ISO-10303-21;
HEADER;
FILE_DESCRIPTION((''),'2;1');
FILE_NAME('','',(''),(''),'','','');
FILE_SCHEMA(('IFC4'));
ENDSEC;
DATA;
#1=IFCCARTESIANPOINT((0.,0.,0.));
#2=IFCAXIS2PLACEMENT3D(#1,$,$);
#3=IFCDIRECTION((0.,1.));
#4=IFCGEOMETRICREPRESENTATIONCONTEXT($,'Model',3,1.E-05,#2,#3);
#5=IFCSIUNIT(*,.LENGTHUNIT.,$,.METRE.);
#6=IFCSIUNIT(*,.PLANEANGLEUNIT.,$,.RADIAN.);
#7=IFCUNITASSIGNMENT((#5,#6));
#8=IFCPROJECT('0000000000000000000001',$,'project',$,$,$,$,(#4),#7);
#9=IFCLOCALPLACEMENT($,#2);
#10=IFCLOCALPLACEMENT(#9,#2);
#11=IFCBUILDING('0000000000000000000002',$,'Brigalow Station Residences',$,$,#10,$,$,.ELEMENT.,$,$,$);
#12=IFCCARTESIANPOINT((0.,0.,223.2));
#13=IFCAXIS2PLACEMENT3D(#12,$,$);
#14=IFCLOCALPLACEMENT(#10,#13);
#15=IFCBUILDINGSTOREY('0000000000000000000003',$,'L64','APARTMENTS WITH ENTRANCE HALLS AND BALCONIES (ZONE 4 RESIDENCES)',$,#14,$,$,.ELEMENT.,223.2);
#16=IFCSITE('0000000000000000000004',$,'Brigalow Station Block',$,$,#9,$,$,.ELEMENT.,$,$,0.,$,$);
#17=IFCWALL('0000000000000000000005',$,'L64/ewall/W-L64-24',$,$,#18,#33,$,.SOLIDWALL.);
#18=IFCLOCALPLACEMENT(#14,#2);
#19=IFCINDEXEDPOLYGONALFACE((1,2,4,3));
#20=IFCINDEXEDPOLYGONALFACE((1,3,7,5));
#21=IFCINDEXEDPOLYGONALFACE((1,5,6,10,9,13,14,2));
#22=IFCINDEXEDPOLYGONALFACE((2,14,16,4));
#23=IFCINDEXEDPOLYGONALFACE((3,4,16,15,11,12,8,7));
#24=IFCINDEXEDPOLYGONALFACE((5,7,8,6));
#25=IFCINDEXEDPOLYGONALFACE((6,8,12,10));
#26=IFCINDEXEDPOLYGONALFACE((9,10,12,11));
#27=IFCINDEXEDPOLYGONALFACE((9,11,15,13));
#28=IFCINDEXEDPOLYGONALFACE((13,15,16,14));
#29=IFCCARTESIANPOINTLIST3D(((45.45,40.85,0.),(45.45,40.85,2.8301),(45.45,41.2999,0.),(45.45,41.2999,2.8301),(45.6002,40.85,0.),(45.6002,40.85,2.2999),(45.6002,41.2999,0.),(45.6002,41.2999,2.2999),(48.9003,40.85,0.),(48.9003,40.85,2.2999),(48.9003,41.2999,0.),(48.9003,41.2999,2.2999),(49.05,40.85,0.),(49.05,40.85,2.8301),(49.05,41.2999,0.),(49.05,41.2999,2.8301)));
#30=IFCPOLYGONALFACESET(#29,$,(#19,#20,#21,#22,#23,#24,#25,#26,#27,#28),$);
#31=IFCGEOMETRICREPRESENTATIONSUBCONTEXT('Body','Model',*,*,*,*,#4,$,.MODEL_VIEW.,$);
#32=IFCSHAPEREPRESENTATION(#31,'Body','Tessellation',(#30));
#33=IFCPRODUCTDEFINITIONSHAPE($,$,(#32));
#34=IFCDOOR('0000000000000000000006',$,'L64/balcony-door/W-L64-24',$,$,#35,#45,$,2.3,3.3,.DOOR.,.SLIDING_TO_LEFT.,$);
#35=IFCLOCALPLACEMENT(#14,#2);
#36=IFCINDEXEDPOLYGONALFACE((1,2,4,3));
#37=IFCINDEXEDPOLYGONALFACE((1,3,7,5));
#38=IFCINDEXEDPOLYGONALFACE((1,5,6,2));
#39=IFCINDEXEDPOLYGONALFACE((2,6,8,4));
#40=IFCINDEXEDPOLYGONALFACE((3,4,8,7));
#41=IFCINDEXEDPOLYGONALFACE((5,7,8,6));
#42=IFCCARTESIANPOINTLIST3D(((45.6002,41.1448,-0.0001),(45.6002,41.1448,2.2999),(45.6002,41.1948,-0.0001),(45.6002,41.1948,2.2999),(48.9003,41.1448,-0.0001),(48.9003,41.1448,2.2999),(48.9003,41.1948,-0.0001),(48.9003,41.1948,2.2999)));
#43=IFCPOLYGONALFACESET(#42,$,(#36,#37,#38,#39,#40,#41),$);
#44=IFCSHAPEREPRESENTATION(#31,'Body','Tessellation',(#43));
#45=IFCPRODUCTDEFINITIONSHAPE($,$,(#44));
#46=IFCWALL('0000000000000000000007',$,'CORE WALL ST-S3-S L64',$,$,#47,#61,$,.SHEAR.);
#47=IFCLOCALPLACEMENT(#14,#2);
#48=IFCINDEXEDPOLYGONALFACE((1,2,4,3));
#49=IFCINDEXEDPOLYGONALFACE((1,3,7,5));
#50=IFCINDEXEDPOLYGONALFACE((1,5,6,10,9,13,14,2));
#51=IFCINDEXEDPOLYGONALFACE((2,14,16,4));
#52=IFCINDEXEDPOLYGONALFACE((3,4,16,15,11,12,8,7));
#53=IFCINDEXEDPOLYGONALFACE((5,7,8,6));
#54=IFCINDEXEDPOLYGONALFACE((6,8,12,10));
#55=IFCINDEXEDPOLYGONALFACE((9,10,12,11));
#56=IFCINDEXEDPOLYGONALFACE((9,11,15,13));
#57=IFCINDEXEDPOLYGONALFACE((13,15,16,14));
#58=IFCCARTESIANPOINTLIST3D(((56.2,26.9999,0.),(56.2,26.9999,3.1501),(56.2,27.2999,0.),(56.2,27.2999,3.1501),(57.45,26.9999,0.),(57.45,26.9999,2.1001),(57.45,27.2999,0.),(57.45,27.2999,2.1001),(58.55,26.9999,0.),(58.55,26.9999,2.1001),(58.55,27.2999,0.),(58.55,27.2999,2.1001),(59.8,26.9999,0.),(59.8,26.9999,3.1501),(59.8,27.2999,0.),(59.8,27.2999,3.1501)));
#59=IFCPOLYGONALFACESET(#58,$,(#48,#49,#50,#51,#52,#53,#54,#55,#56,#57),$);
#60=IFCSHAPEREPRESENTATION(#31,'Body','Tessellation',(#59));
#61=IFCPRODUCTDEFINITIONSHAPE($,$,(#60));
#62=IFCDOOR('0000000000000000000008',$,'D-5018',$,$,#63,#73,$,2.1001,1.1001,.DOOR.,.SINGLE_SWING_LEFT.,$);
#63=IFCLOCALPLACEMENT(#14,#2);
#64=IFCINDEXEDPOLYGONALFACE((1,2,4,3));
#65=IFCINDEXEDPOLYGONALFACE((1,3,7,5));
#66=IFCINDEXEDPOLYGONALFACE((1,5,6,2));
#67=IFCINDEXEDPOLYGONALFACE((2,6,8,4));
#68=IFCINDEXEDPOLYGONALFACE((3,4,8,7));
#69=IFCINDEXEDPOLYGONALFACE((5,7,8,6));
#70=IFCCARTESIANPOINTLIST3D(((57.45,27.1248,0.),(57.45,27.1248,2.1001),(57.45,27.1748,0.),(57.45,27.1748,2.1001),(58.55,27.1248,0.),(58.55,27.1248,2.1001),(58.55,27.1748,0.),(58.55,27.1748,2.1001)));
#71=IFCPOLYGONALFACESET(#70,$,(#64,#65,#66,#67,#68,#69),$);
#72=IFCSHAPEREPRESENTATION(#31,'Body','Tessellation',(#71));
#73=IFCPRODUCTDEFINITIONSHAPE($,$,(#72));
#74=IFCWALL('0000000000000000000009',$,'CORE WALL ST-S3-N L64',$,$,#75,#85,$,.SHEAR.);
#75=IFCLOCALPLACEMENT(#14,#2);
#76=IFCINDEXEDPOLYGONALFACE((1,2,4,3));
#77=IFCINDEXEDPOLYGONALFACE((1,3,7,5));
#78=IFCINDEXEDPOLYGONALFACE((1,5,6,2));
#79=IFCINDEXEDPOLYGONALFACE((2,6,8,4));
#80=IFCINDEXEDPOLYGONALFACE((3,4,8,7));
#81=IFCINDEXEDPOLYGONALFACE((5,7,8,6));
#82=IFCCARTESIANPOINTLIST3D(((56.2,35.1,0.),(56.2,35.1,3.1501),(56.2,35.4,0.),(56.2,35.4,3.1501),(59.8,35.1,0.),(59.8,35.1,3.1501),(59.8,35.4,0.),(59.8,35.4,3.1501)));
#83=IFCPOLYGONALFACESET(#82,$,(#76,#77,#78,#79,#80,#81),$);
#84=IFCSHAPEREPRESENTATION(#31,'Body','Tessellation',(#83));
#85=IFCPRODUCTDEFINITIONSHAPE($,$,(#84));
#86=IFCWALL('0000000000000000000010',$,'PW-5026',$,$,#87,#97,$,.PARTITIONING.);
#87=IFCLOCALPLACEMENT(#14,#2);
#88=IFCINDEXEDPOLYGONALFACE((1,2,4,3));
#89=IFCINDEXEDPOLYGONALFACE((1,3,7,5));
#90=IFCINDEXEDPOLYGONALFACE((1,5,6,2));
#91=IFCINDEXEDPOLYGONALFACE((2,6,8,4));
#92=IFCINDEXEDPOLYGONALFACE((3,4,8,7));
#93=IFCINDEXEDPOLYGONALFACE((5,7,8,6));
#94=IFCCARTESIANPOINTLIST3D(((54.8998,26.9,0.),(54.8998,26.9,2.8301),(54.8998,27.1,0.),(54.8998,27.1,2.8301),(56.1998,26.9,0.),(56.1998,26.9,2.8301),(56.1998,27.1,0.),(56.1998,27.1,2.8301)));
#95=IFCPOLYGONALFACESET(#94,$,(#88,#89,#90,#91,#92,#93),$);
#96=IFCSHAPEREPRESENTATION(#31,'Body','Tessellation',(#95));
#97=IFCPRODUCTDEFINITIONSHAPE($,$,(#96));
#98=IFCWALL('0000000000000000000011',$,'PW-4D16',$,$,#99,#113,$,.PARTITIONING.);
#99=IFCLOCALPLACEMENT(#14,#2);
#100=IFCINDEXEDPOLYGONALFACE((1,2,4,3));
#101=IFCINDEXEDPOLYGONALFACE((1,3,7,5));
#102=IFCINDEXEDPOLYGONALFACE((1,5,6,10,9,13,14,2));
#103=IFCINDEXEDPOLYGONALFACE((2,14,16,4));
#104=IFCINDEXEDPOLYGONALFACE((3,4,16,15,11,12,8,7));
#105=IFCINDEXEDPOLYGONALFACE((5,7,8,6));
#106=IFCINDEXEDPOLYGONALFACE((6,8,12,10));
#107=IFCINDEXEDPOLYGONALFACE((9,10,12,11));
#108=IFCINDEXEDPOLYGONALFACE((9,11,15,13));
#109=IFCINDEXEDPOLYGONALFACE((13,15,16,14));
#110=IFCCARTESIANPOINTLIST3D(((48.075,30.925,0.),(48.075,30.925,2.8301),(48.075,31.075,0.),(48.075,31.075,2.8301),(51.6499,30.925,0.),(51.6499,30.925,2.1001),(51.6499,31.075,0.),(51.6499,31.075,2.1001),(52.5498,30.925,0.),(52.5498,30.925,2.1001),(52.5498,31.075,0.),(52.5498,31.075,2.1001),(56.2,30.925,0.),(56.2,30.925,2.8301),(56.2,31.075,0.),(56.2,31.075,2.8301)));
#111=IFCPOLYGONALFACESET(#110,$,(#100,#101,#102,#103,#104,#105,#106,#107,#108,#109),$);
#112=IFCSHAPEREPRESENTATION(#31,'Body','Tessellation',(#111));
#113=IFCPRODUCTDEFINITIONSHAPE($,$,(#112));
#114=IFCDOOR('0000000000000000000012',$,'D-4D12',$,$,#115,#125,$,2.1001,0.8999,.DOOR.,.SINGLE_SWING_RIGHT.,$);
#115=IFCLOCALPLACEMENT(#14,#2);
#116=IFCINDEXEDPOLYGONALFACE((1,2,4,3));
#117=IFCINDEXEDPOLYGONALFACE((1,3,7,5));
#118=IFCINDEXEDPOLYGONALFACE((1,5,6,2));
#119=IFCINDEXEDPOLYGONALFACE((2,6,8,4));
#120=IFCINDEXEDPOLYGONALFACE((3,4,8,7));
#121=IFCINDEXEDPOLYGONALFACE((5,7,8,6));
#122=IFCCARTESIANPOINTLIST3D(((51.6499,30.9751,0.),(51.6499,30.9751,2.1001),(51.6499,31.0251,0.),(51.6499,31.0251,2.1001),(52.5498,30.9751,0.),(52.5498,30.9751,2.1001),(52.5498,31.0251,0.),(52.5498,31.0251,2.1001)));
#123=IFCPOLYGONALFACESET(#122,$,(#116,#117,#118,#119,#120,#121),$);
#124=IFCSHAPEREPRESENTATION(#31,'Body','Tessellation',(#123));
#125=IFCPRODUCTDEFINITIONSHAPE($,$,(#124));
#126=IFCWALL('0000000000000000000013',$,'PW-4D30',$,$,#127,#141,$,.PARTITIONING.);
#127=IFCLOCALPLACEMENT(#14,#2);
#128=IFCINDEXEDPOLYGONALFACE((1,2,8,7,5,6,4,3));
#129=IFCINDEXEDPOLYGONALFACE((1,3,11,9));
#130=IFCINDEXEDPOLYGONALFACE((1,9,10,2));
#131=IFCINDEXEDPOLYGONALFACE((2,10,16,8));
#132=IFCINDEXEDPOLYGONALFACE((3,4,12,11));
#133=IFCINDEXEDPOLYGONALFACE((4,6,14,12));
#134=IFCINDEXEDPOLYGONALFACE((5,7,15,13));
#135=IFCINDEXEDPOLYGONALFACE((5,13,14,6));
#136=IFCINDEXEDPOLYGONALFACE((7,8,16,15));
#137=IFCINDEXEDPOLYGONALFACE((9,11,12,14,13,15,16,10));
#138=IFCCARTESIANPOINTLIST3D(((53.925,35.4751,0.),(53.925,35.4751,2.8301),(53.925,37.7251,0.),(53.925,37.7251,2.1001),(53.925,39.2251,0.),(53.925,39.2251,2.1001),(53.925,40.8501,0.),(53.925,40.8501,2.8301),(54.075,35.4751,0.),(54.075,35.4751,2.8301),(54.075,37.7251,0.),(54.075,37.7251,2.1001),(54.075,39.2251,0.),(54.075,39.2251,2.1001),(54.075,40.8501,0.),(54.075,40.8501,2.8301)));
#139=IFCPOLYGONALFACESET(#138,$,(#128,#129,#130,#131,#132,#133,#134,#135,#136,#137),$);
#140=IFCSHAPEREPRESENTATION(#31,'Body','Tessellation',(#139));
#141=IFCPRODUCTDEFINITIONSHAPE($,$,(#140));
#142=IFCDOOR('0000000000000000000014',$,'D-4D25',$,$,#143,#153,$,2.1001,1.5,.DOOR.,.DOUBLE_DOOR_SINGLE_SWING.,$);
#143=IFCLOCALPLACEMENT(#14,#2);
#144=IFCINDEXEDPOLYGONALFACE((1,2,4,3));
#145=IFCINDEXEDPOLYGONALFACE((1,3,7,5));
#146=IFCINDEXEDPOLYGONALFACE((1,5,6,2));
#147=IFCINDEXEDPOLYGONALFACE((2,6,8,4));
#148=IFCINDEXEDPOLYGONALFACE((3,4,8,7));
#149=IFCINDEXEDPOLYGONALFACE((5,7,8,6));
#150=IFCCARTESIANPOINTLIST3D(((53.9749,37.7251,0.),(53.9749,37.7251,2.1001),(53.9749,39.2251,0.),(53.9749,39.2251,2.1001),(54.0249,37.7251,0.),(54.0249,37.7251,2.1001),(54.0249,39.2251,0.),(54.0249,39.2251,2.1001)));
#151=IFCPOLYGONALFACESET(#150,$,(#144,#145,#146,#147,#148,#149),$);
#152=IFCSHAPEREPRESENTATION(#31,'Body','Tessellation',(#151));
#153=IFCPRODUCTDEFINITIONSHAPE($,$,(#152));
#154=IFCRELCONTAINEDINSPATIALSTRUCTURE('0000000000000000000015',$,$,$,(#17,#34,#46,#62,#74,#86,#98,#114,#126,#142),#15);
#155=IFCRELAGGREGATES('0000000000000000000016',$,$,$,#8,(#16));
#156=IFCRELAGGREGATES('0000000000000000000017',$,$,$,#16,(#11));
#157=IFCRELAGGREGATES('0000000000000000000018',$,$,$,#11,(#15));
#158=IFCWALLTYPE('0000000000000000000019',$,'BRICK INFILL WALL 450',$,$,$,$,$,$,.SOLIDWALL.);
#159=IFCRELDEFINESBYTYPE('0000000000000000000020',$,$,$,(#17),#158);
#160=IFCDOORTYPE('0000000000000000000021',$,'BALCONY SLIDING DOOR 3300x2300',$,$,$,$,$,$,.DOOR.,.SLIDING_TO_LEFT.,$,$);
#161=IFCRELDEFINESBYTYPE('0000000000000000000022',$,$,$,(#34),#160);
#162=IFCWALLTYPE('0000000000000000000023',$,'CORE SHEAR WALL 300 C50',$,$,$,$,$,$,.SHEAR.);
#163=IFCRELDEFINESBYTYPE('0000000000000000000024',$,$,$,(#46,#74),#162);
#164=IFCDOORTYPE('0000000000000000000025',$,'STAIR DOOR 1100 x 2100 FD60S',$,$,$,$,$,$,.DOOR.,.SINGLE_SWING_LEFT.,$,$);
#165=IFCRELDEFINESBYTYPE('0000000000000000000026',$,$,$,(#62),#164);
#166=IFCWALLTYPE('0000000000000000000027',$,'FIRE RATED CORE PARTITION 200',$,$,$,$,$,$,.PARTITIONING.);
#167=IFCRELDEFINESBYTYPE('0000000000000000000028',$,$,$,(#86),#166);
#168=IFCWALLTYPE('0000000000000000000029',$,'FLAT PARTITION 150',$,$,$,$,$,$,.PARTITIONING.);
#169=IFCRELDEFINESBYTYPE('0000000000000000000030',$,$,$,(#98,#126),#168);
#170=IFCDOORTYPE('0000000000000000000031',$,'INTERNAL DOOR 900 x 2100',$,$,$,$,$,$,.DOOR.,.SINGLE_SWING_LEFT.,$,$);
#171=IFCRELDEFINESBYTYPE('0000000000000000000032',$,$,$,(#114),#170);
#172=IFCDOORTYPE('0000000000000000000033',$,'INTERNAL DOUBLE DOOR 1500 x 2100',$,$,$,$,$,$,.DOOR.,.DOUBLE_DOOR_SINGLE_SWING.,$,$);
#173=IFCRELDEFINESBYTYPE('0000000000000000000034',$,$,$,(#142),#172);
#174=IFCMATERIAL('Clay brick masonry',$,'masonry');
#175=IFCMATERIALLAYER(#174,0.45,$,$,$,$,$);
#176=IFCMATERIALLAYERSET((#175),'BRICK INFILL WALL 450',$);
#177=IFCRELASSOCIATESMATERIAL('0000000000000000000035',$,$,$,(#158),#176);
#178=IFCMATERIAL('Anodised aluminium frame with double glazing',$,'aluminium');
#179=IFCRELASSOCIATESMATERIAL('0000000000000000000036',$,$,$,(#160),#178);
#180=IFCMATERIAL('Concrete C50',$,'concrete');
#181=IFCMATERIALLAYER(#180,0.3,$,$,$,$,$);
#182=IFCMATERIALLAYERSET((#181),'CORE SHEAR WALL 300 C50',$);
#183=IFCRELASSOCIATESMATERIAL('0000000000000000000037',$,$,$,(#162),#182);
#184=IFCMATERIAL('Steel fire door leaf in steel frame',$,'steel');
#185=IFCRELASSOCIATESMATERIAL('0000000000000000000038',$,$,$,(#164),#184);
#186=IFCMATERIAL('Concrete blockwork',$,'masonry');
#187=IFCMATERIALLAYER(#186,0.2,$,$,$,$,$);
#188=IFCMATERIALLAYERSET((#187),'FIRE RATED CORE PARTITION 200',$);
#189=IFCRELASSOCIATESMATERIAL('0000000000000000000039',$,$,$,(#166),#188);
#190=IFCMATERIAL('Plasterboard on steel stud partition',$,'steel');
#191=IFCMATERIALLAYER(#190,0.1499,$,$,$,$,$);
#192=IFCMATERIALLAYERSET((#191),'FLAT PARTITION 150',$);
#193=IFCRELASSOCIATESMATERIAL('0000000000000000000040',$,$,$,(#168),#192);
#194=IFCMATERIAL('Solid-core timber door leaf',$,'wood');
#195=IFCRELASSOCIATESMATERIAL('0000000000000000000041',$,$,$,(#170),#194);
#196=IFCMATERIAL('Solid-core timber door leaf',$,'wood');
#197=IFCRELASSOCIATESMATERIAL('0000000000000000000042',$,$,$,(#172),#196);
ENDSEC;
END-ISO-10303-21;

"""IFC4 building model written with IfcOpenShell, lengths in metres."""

from ifc_helpers import new_model, si_unit, direction, frame, frame_2d, origin, place, context, subcontext, project, spatial, rectangle, extrude, material, layer, layer_set, type_object, element, fill, save


model = new_model("IFC4")

# Units and contexts
model_context = context("Model", 3, precision=1e-05, world=origin(), true_north=direction((0.0, 1.0)))
body_context = subcontext(model_context, "Body", "Model", "MODEL_VIEW")
ifc_project = project(units=[si_unit("LENGTHUNIT", "METRE"), si_unit("PLANEANGLEUNIT", "RADIAN")], contexts=[model_context])

# Site, building, storey
site_placement = place(None, origin())
site = spatial("IfcSite", under=ifc_project, at=site_placement, Name="Brigalow Station Block", CompositionType="ELEMENT", RefElevation=0.0)
building_placement = place(site_placement, origin())
building = spatial("IfcBuilding", under=site, at=building_placement, Name="Brigalow Station Residences", CompositionType="ELEMENT")
storey_placement = place(building_placement, frame((0.0, 0.0, 223.2)))
storey = spatial("IfcBuildingStorey", under=building, at=storey_placement, Name="L64", Description="APARTMENTS WITH ENTRANCE HALLS AND BALCONIES (ZONE 4 RESIDENCES)", CompositionType="ELEMENT", Elevation=223.2)

# Walls, openings, doors
ifc_material_1 = material(Name="Clay brick masonry", Category="masonry")
ifc_layer_1 = layer(ifc_material_1, 0.45)
ifc_layer_set_1 = layer_set([ifc_layer_1], Name="BRICK INFILL WALL 450")
wall_type_1 = type_object("IfcWallType", Name="BRICK INFILL WALL 450", PredefinedType="SOLIDWALL", material=ifc_layer_set_1)
ifc_material_2 = material(Name="Anodised aluminium frame with double glazing", Category="aluminium")
door_type_1 = type_object("IfcDoorType", Name="BALCONY SLIDING DOOR 3300x2300", OperationType="SLIDING_TO_LEFT", PredefinedType="DOOR", material=ifc_material_2)
wall_1_placement = place(storey_placement, frame((49.05, 41.075, 0.0), z_axis=(0.0, 0.0, 1.0), x_axis=(-1.0, 0.0, 0.0)))
wall_1 = element("IfcWall", 1, at=wall_1_placement, inside=storey, type_object=wall_type_1, Name="L64/ewall/W-L64-24", PredefinedType="SOLIDWALL", context=body_context, shape_type="SweptSolid", body=[
    extrude(rectangle(XDim=3.6001, YDim=0.45, at=frame_2d((1.8, 0.0))), origin(), (0.0, 0.0, 1.0), 2.8301),
])
opening_1_placement = place(wall_1_placement, frame((0.1499, 0.0, 0.0)))
opening_1 = element("IfcOpeningElement", 2, at=opening_1_placement, cuts=wall_1, PredefinedType="OPENING", context=body_context, shape_type="SweptSolid", body=[
    extrude(rectangle(XDim=3.3, YDim=2.3, at=frame_2d((1.6499, 1.1499))), frame((0.0, 0.2349, 0.0), z_axis=(0.0, -1.0, 0.0), x_axis=(1.0, 0.0, 0.0)), (0.0, 0.0, 1.0), 0.47),
])
door_1_placement = place(opening_1_placement, origin())
door_1 = element("IfcDoor", 3, at=door_1_placement, inside=storey, type_object=door_type_1, Name="L64/balcony-door/W-L64-24", OperationType="SLIDING_TO_LEFT", OverallHeight=2.3, OverallWidth=3.3, PredefinedType="DOOR", context=body_context, shape_type="SweptSolid", body=[
    extrude(rectangle(XDim=3.3, YDim=2.3, at=frame_2d((1.6499, 1.1499))), frame((0.0, -0.0698, 0.0), z_axis=(0.0, -1.0, 0.0), x_axis=(1.0, 0.0, 0.0)), (0.0, 0.0, 1.0), 0.05),
])
fill(opening_1, door_1)
ifc_material_3 = material(Name="Concrete C50", Category="concrete")
ifc_layer_2 = layer(ifc_material_3, 0.3)
ifc_layer_set_2 = layer_set([ifc_layer_2], Name="CORE SHEAR WALL 300 C50")
wall_type_2 = type_object("IfcWallType", Name="CORE SHEAR WALL 300 C50", PredefinedType="SHEAR", material=ifc_layer_set_2)
wall_2_placement = place(storey_placement, frame((56.2, 27.1499, 0.0), z_axis=(0.0, 0.0, 1.0), x_axis=(1.0, 0.0, 0.0)))
wall_2 = element("IfcWall", 4, at=wall_2_placement, inside=storey, type_object=wall_type_2, Name="CORE WALL ST-S3-S L64", PredefinedType="SHEAR", context=body_context, shape_type="SweptSolid", body=[
    extrude(rectangle(XDim=3.6001, YDim=0.3, at=frame_2d((1.8, 0.0))), origin(), (0.0, 0.0, 1.0), 3.1501),
])
opening_2_placement = place(wall_2_placement, frame((1.25, 0.0, 0.0)))
opening_2 = element("IfcOpeningElement", 5, at=opening_2_placement, cuts=wall_2, PredefinedType="OPENING", context=body_context, shape_type="SweptSolid", body=[
    extrude(rectangle(XDim=1.1001, YDim=2.1001, at=frame_2d((0.55, 1.05))), frame((0.0, 0.1602, 0.0), z_axis=(0.0, -1.0, 0.0), x_axis=(1.0, 0.0, 0.0)), (0.0, 0.0, 1.0), 0.3201),
])
ifc_material_4 = material(Name="Steel fire door leaf in steel frame", Category="steel")
door_type_2 = type_object("IfcDoorType", Name="STAIR DOOR 1100 x 2100 FD60S", OperationType="SINGLE_SWING_LEFT", PredefinedType="DOOR", material=ifc_material_4)
door_2_placement = place(opening_2_placement, origin())
door_2 = element("IfcDoor", 6, at=door_2_placement, inside=storey, type_object=door_type_2, Name="D-5018", OperationType="SINGLE_SWING_LEFT", OverallHeight=2.1001, OverallWidth=1.1001, PredefinedType="DOOR", context=body_context, shape_type="SweptSolid", body=[
    extrude(rectangle(XDim=1.1001, YDim=2.1001, at=frame_2d((0.55, 1.05))), frame((0.0, 0.0249, 0.0), z_axis=(0.0, -1.0, 0.0), x_axis=(1.0, 0.0, 0.0)), (0.0, 0.0, 1.0), 0.05),
])
fill(opening_2, door_2)

# Walls
wall_3_placement = place(storey_placement, frame((56.2, 35.25, 0.0), z_axis=(0.0, 0.0, 1.0), x_axis=(1.0, 0.0, 0.0)))
element("IfcWall", 7, at=wall_3_placement, inside=storey, type_object=wall_type_2, Name="CORE WALL ST-S3-N L64", PredefinedType="SHEAR", context=body_context, shape_type="SweptSolid", body=[
    extrude(rectangle(XDim=3.6001, YDim=0.3, at=frame_2d((1.8, 0.0))), origin(), (0.0, 0.0, 1.0), 3.1501),
])
ifc_material_5 = material(Name="Concrete blockwork", Category="masonry")
ifc_layer_3 = layer(ifc_material_5, 0.2)
ifc_layer_set_3 = layer_set([ifc_layer_3], Name="FIRE RATED CORE PARTITION 200")
wall_type_3 = type_object("IfcWallType", Name="FIRE RATED CORE PARTITION 200", PredefinedType="PARTITIONING", material=ifc_layer_set_3)
wall_4_placement = place(storey_placement, frame((54.8999, 27.0, 0.0), z_axis=(0.0, 0.0, 1.0), x_axis=(1.0, 0.0, 0.0)))
element("IfcWall", 8, at=wall_4_placement, inside=storey, type_object=wall_type_3, Name="PW-5026", PredefinedType="PARTITIONING", context=body_context, shape_type="SweptSolid", body=[
    extrude(rectangle(XDim=1.3, YDim=0.2, at=frame_2d((0.6499, 0.0))), origin(), (0.0, 0.0, 1.0), 2.8301),
])

# Walls, openings, doors
ifc_material_6 = material(Name="Plasterboard on steel stud partition", Category="steel")
ifc_layer_4 = layer(ifc_material_6, 0.1499)
ifc_layer_set_4 = layer_set([ifc_layer_4], Name="FLAT PARTITION 150")
wall_type_4 = type_object("IfcWallType", Name="FLAT PARTITION 150", PredefinedType="PARTITIONING", material=ifc_layer_set_4)
wall_5_placement = place(storey_placement, frame((48.075, 31.0, 0.0), z_axis=(0.0, 0.0, 1.0), x_axis=(1.0, 0.0, 0.0)))
wall_5 = element("IfcWall", 9, at=wall_5_placement, inside=storey, type_object=wall_type_4, Name="PW-4D16", PredefinedType="PARTITIONING", context=body_context, shape_type="SweptSolid", body=[
    extrude(rectangle(XDim=8.125, YDim=0.1499, at=frame_2d((4.0625, 0.0))), origin(), (0.0, 0.0, 1.0), 2.8301),
])
opening_3_placement = place(wall_5_placement, frame((3.575, 0.0, 0.0)))
opening_3 = element("IfcOpeningElement", 10, at=opening_3_placement, cuts=wall_5, PredefinedType="OPENING", context=body_context, shape_type="SweptSolid", body=[
    extrude(rectangle(XDim=0.8999, YDim=2.1001, at=frame_2d((0.45, 1.05))), frame((0.0, 0.085, 0.0), z_axis=(0.0, -1.0, 0.0), x_axis=(1.0, 0.0, 0.0)), (0.0, 0.0, 1.0), 0.1699),
])
ifc_material_7 = material(Name="Solid-core timber door leaf", Category="wood")
door_type_3 = type_object("IfcDoorType", Name="INTERNAL DOOR 900 x 2100", OperationType="SINGLE_SWING_LEFT", PredefinedType="DOOR", material=ifc_material_7)
door_3_placement = place(opening_3_placement, frame((0.8999, 0.0, 0.0), z_axis=(0.0, 0.0, 1.0), x_axis=(-1.0, 0.0, 0.0)))
door_3 = element("IfcDoor", 11, at=door_3_placement, inside=storey, type_object=door_type_3, Name="D-4D12", OperationType="SINGLE_SWING_RIGHT", OverallHeight=2.1001, OverallWidth=0.8999, PredefinedType="DOOR", context=body_context, shape_type="SweptSolid", body=[
    extrude(rectangle(XDim=0.8999, YDim=2.1001, at=frame_2d((0.45, 1.05))), frame((0.0, 0.0249, 0.0), z_axis=(0.0, -1.0, 0.0), x_axis=(1.0, 0.0, 0.0)), (0.0, 0.0, 1.0), 0.05),
])
fill(opening_3, door_3)
wall_6_placement = place(storey_placement, frame((54.0, 35.4751, 0.0), z_axis=(0.0, 0.0, 1.0), x_axis=(0.0, 1.0, 0.0)))
wall_6 = element("IfcWall", 12, at=wall_6_placement, inside=storey, type_object=wall_type_4, Name="PW-4D30", PredefinedType="PARTITIONING", context=body_context, shape_type="SweptSolid", body=[
    extrude(rectangle(XDim=5.375, YDim=0.1499, at=frame_2d((2.6875, 0.0))), origin(), (0.0, 0.0, 1.0), 2.8301),
])
opening_4_placement = place(wall_6_placement, frame((2.25, 0.0, 0.0)))
opening_4 = element("IfcOpeningElement", 13, at=opening_4_placement, cuts=wall_6, PredefinedType="OPENING", context=body_context, shape_type="SweptSolid", body=[
    extrude(rectangle(XDim=1.5, YDim=2.1001, at=frame_2d((0.75, 1.05))), frame((0.0, 0.085, 0.0), z_axis=(0.0, -1.0, 0.0), x_axis=(1.0, 0.0, 0.0)), (0.0, 0.0, 1.0), 0.1699),
])
ifc_material_8 = material(Name="Solid-core timber door leaf", Category="wood")
door_type_4 = type_object("IfcDoorType", Name="INTERNAL DOUBLE DOOR 1500 x 2100", OperationType="DOUBLE_DOOR_SINGLE_SWING", PredefinedType="DOOR", material=ifc_material_8)
door_4_placement = place(opening_4_placement, frame((1.5, 0.0, 0.0), z_axis=(0.0, 0.0, 1.0), x_axis=(-1.0, 0.0, 0.0)))
door_4 = element("IfcDoor", 14, at=door_4_placement, inside=storey, type_object=door_type_4, Name="D-4D25", OperationType="DOUBLE_DOOR_SINGLE_SWING", OverallHeight=2.1001, OverallWidth=1.5, PredefinedType="DOOR", context=body_context, shape_type="SweptSolid", body=[
    extrude(rectangle(XDim=1.5, YDim=2.1001, at=frame_2d((0.75, 1.05))), frame((0.0, 0.0249, 0.0), z_axis=(0.0, -1.0, 0.0), x_axis=(1.0, 0.0, 0.0)), (0.0, 0.0, 1.0), 0.05),
])
fill(opening_4, door_4)

save(model, "model.ifc")
